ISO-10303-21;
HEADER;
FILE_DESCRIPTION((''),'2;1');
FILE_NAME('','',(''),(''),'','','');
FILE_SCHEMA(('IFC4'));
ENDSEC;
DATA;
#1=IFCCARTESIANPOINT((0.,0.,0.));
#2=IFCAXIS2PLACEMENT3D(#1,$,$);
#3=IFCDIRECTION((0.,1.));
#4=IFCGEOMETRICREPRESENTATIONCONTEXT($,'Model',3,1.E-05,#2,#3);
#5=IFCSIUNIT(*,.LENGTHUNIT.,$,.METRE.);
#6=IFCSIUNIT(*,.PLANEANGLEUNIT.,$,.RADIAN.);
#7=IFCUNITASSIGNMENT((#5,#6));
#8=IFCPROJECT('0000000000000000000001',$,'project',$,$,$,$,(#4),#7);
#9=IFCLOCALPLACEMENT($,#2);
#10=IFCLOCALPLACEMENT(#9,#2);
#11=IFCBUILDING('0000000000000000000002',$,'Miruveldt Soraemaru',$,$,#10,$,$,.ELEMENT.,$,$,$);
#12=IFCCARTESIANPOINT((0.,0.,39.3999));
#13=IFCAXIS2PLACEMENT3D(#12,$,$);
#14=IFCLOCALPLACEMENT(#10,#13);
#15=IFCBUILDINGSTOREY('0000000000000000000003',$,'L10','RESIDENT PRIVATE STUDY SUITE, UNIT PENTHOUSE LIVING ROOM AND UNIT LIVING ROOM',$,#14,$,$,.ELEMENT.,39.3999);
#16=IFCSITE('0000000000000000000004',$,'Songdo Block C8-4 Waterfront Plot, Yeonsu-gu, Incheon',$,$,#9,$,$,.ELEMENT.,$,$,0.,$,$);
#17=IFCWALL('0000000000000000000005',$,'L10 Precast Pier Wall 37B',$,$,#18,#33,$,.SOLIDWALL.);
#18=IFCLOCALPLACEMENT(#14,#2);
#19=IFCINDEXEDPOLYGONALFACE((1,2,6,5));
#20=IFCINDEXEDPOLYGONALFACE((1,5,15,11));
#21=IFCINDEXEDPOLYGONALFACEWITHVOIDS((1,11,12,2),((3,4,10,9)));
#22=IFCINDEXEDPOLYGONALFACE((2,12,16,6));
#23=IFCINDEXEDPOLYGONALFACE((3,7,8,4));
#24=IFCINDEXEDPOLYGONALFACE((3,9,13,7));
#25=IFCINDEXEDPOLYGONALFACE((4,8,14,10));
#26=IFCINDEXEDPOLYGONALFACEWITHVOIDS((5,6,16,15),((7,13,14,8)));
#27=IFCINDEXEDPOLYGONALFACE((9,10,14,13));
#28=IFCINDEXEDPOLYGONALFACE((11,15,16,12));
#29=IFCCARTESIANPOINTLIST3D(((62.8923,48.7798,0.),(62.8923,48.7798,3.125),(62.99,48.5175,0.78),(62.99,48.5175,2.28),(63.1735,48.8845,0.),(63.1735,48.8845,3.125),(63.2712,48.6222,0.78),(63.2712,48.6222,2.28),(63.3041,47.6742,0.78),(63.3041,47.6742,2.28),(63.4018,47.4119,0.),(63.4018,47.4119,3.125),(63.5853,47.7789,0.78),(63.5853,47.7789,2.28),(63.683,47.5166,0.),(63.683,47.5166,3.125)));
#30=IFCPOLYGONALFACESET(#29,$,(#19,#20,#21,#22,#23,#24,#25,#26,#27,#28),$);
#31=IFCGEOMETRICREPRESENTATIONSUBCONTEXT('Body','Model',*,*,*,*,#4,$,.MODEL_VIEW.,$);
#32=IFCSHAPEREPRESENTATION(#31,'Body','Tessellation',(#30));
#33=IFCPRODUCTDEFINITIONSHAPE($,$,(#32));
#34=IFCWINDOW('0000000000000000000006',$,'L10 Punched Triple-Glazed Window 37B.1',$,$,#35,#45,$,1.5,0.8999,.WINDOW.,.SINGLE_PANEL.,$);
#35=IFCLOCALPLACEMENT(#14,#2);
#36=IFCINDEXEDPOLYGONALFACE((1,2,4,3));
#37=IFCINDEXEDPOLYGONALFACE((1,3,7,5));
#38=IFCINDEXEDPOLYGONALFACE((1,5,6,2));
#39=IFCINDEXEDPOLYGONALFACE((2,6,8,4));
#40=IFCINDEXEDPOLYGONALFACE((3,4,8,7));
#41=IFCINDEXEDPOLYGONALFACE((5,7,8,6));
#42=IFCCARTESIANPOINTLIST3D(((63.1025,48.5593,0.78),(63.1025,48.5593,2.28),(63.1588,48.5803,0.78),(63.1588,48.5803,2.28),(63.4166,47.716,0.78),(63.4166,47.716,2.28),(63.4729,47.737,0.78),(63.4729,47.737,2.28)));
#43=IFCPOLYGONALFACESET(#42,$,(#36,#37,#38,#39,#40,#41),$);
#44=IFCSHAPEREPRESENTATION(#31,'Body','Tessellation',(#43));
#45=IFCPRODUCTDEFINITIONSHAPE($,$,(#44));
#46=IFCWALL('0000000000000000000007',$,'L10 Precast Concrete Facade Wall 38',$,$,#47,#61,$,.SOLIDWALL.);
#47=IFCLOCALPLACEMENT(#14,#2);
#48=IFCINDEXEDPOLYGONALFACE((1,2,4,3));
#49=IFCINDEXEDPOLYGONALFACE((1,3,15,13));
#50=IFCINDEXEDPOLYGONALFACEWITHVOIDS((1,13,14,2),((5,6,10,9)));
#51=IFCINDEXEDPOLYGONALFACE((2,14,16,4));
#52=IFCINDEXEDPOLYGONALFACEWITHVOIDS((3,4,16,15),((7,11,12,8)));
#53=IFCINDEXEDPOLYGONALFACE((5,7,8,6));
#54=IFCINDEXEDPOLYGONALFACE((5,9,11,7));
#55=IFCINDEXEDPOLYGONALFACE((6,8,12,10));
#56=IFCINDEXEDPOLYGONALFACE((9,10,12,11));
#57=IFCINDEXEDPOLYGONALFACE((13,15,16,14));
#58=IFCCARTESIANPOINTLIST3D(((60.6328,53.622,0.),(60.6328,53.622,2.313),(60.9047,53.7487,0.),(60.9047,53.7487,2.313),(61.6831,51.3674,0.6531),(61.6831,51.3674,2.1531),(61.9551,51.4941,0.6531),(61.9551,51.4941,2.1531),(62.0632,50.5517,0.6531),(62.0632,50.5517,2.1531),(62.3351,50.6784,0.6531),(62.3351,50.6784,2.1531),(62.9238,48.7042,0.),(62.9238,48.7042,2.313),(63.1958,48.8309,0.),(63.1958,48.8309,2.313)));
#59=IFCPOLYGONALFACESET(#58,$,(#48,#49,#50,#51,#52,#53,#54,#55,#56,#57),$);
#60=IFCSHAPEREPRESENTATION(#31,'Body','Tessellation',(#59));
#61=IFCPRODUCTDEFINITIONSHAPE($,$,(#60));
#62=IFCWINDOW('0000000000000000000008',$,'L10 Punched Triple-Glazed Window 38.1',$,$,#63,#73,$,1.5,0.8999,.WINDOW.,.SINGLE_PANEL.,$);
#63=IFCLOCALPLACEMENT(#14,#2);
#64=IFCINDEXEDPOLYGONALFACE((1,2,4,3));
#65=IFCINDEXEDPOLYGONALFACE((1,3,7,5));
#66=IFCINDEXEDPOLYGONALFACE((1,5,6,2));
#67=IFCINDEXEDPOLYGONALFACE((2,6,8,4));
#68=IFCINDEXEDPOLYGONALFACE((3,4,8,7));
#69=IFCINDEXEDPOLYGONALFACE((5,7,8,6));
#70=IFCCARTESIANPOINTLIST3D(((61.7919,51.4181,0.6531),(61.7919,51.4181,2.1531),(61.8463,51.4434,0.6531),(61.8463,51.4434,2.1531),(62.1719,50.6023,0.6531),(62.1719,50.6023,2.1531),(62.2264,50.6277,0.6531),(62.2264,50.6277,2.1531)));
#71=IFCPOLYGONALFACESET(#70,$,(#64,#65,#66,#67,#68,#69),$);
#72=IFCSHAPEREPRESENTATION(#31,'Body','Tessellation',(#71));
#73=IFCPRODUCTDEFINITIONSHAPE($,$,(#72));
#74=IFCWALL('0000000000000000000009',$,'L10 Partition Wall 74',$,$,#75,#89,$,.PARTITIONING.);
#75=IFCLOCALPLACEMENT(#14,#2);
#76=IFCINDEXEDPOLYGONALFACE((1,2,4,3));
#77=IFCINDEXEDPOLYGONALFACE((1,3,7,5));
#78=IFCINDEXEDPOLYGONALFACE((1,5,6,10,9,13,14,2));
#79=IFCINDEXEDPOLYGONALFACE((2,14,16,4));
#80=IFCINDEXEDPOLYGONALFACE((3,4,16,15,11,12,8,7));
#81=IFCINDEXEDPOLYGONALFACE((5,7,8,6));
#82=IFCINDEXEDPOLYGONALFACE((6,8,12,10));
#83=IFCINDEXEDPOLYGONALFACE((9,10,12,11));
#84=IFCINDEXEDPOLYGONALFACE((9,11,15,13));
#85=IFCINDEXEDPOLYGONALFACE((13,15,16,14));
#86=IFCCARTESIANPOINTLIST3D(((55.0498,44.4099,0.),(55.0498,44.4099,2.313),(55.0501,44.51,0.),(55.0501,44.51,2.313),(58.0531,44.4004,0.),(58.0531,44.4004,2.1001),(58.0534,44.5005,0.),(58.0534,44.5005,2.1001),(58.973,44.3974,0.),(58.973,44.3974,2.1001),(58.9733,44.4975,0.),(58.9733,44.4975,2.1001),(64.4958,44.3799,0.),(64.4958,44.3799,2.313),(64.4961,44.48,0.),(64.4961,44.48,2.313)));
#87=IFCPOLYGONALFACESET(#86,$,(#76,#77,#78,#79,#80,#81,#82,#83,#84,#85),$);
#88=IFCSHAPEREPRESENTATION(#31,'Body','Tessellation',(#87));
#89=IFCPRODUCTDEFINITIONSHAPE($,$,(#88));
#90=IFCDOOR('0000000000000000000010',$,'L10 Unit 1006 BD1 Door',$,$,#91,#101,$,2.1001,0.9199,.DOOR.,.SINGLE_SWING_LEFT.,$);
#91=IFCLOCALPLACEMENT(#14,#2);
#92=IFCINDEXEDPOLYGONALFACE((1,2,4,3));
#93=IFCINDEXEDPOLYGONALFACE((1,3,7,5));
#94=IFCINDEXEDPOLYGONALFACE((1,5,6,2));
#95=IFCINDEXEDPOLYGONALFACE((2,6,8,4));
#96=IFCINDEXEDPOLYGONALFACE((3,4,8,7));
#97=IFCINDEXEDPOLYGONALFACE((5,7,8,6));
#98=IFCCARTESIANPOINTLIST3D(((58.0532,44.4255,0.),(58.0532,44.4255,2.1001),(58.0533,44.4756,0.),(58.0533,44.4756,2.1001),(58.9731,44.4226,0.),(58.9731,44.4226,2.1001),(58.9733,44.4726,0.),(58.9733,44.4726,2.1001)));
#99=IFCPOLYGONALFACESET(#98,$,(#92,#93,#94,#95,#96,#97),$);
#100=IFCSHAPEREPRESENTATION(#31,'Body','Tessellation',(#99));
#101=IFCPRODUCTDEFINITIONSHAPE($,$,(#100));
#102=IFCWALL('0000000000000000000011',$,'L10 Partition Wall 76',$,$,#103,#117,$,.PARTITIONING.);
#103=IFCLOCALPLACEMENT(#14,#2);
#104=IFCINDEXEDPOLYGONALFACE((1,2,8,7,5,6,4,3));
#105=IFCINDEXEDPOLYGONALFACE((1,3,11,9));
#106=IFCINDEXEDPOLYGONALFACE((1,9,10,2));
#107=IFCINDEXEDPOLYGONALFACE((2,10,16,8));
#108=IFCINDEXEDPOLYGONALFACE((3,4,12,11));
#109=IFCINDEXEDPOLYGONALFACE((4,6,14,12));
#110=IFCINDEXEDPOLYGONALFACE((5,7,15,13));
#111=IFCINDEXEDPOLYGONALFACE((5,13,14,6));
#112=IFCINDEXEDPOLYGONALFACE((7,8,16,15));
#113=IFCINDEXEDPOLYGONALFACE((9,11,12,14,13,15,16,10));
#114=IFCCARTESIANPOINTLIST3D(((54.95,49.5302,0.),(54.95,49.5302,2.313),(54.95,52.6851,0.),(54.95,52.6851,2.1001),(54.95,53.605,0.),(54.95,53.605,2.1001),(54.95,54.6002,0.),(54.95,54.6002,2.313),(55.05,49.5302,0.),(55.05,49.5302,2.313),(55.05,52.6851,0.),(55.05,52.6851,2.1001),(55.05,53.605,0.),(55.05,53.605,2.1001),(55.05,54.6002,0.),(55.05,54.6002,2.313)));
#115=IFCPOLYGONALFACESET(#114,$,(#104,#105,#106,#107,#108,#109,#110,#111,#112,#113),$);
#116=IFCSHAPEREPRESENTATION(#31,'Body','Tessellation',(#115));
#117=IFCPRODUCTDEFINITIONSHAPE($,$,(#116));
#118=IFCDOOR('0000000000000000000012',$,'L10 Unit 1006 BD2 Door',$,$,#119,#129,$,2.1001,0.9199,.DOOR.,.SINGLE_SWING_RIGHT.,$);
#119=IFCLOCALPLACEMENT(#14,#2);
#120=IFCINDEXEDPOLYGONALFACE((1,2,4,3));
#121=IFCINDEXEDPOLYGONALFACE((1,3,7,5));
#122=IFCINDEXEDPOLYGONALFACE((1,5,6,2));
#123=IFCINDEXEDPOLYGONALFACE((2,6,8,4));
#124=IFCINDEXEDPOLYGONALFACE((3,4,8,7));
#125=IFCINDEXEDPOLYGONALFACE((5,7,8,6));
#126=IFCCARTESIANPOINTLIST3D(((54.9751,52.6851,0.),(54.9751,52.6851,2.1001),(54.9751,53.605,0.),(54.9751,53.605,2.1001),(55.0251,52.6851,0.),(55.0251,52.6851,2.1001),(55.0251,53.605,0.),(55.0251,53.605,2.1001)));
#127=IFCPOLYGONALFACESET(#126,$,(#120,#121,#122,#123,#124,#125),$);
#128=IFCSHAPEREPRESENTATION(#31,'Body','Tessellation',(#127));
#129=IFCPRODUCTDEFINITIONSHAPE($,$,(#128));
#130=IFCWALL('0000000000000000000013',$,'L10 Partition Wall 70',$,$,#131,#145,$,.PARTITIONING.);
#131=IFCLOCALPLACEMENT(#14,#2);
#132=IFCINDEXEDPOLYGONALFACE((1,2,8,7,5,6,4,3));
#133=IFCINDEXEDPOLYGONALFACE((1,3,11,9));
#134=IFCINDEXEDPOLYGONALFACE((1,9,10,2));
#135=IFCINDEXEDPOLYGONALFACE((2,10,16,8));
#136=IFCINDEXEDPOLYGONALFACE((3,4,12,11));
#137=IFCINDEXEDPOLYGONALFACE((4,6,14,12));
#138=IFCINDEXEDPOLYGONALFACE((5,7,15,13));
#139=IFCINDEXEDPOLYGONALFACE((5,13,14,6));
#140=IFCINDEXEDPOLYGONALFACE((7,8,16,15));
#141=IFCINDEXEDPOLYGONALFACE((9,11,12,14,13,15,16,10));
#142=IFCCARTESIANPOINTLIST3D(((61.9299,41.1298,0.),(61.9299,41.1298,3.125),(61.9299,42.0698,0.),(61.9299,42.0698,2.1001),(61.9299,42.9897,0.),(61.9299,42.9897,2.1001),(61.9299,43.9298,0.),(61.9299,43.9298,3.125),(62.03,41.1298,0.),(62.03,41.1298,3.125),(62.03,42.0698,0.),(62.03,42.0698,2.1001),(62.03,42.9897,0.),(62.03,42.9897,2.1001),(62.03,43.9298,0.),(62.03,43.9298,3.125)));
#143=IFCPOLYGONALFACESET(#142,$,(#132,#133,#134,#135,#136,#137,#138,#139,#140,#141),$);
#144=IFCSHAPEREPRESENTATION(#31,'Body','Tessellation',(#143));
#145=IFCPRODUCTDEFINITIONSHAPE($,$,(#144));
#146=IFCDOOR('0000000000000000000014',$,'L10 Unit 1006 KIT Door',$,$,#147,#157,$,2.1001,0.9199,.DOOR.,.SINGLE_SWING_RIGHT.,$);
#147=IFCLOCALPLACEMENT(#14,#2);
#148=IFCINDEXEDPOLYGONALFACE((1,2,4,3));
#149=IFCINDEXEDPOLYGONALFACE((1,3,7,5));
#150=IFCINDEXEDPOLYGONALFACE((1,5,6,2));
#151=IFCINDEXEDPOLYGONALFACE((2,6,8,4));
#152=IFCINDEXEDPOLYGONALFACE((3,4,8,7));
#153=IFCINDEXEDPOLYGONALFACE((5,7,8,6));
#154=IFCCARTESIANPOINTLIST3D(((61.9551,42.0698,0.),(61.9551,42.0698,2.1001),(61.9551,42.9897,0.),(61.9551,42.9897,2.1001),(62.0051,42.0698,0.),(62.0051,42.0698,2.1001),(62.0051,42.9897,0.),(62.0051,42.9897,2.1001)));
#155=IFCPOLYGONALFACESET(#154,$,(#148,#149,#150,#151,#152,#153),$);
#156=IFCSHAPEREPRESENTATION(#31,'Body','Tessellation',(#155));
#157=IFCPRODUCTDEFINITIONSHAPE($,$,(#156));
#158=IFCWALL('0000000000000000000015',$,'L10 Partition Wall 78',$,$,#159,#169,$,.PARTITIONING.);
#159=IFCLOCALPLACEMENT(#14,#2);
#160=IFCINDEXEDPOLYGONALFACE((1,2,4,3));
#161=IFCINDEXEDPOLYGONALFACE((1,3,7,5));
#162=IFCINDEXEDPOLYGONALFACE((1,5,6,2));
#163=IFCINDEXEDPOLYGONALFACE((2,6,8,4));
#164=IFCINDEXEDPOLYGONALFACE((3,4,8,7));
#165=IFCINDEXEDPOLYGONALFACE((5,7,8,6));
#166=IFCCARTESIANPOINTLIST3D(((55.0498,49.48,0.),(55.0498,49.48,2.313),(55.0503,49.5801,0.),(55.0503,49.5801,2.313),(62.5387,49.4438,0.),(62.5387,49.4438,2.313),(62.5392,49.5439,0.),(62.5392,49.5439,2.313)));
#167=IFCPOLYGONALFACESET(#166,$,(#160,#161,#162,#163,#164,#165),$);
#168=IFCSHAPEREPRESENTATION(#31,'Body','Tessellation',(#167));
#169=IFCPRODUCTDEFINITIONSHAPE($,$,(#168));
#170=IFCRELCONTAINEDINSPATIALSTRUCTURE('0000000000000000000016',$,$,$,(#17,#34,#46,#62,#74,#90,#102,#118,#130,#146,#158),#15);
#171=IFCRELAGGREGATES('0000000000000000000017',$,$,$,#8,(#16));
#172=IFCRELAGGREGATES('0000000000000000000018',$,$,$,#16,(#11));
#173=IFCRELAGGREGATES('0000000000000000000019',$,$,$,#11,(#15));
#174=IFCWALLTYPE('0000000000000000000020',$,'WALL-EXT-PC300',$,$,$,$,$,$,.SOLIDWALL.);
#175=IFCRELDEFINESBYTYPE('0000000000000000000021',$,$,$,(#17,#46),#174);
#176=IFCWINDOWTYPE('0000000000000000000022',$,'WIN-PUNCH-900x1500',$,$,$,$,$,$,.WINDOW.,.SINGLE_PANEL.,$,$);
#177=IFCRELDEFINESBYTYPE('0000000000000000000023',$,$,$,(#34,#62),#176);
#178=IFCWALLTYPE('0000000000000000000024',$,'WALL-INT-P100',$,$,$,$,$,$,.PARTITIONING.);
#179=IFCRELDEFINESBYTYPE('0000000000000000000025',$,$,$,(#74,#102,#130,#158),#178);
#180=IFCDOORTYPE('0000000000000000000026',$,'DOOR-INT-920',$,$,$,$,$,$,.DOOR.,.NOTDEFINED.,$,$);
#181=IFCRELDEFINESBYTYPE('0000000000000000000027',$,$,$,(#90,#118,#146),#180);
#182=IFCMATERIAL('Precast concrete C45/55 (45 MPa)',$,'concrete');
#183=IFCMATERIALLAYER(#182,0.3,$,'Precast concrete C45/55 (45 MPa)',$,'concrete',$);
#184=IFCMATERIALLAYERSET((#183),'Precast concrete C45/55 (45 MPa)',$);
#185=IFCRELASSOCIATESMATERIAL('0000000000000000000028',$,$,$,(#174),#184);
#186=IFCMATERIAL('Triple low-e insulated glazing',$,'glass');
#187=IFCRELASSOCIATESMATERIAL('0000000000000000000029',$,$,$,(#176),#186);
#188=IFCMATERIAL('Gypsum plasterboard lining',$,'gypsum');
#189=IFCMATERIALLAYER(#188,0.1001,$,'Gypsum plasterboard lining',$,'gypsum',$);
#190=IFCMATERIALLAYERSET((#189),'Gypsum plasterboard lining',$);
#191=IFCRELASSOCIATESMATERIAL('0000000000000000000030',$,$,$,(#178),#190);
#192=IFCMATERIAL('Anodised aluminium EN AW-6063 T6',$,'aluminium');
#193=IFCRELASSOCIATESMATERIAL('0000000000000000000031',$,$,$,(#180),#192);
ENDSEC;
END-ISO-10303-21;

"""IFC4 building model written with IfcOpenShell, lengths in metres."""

from ifc_helpers import new_model, si_unit, direction, frame, frame_2d, origin, place, context, subcontext, project, spatial, rectangle, extrude, material, layer, layer_set, type_object, element, fill, save


model = new_model("IFC4")

# Units and contexts
model_context = context("Model", 3, precision=1e-05, world=origin(), true_north=direction((0.0, 1.0)))
body_context = subcontext(model_context, "Body", "Model", "MODEL_VIEW")
ifc_project = project(units=[si_unit("LENGTHUNIT", "METRE"), si_unit("PLANEANGLEUNIT", "RADIAN")], contexts=[model_context])

# Site, building, storey
site_placement = place(None, origin())
site = spatial("IfcSite", under=ifc_project, at=site_placement, Name="Songdo Block C8-4 Waterfront Plot, Yeonsu-gu, Incheon", CompositionType="ELEMENT", RefElevation=0.0)
building_placement = place(site_placement, origin())
building = spatial("IfcBuilding", under=site, at=building_placement, Name="Miruveldt Soraemaru", CompositionType="ELEMENT")
storey_placement = place(building_placement, frame((0.0, 0.0, 39.3999)))
storey = spatial("IfcBuildingStorey", under=building, at=storey_placement, Name="L10", Description="RESIDENT PRIVATE STUDY SUITE, UNIT PENTHOUSE LIVING ROOM AND UNIT LIVING ROOM", CompositionType="ELEMENT", Elevation=39.3999)

# Shared definitions
ifc_material_1 = material(Name="Triple low-e insulated glazing", Category="glass")

# Shared definitions
ifc_material_2 = material(Name="Precast concrete C45/55 (45 MPa)", Category="concrete")
ifc_layer_1 = layer(ifc_material_2, 0.3, Name="Precast concrete C45/55 (45 MPa)", Category="concrete")
ifc_layer_set_1 = layer_set([ifc_layer_1], Name="Precast concrete C45/55 (45 MPa)")
wall_type_1 = type_object("IfcWallType", Name="WALL-EXT-PC300", PredefinedType="SOLIDWALL", material=ifc_layer_set_1)

# Walls, openings, windows
wall_1_placement = place(storey_placement, frame((63.5425, 47.4641, 0.0), z_axis=(0.0, 0.0, 1.0), x_axis=(-0.349051, 0.937104, 0.0)))
wall_1 = element("IfcWall", 1, at=wall_1_placement, inside=storey, type_object=wall_type_1, Name="L10 Precast Pier Wall 37B", PredefinedType="SOLIDWALL", context=body_context, shape_type="SweptSolid", body=[
    extrude(rectangle(XDim=1.4597, YDim=0.3, at=frame_2d((0.73, 0.0))), origin(), (0.0, 0.0, 1.0), 3.125),
])
opening_1_placement = place(wall_1_placement, frame((0.28, 0.0, 0.78)))
opening_1 = element("IfcOpeningElement", 2, at=opening_1_placement, cuts=wall_1, PredefinedType="OPENING", context=body_context, shape_type="SweptSolid", body=[
    extrude(rectangle(XDim=0.8999, YDim=1.5, at=frame_2d((0.45, 0.75))), frame((0.0, 0.1602, 0.0), z_axis=(0.0, -1.0, 0.0), x_axis=(1.0, 0.0, 0.0)), (0.0, 0.0, 1.0), 0.3201),
])
window_type_1 = type_object("IfcWindowType", Name="WIN-PUNCH-900x1500", PartitioningType="SINGLE_PANEL", PredefinedType="WINDOW", material=ifc_material_1)
window_1_placement = place(opening_1_placement, origin())
window_1 = element("IfcWindow", 3, at=window_1_placement, inside=storey, type_object=window_type_1, Name="L10 Punched Triple-Glazed Window 37B.1", OverallHeight=1.5, OverallWidth=0.8999, PartitioningType="SINGLE_PANEL", PredefinedType="WINDOW", context=body_context, shape_type="SweptSolid", body=[
    extrude(rectangle(XDim=0.8999, YDim=1.5, at=frame_2d((0.45, 0.75))), frame((0.0, 0.03, 0.0), z_axis=(0.0, -1.0, 0.0), x_axis=(1.0, 0.0, 0.0)), (0.0, 0.0, 1.0), 0.0601),
])
fill(opening_1, window_1)
wall_2_placement = place(storey_placement, frame((63.0598, 48.7676, 0.0), z_axis=(0.0, 0.0, 1.0), x_axis=(-0.422292, 0.90646, 0.0)))
wall_2 = element("IfcWall", 4, at=wall_2_placement, inside=storey, type_object=wall_type_1, Name="L10 Precast Concrete Facade Wall 38", PredefinedType="SOLIDWALL", context=body_context, shape_type="SweptSolid", body=[
    extrude(rectangle(XDim=5.4253, YDim=0.3, at=frame_2d((2.7126, 0.0))), origin(), (0.0, 0.0, 1.0), 2.313),
])
opening_2_placement = place(wall_2_placement, frame((2.0381, 0.0, 0.6531)))
opening_2 = element("IfcOpeningElement", 5, at=opening_2_placement, cuts=wall_2, PredefinedType="OPENING", context=body_context, shape_type="SweptSolid", body=[
    extrude(rectangle(XDim=0.8999, YDim=1.5, at=frame_2d((0.45, 0.75))), frame((0.0, 0.1602, 0.0), z_axis=(0.0, -1.0, 0.0), x_axis=(1.0, 0.0, 0.0)), (0.0, 0.0, 1.0), 0.3201),
])
window_2_placement = place(opening_2_placement, origin())
window_2 = element("IfcWindow", 6, at=window_2_placement, inside=storey, type_object=window_type_1, Name="L10 Punched Triple-Glazed Window 38.1", OverallHeight=1.5, OverallWidth=0.8999, PartitioningType="SINGLE_PANEL", PredefinedType="WINDOW", context=body_context, shape_type="SweptSolid", body=[
    extrude(rectangle(XDim=0.8999, YDim=1.5, at=frame_2d((0.45, 0.75))), frame((0.0, 0.03, 0.0), z_axis=(0.0, -1.0, 0.0), x_axis=(1.0, 0.0, 0.0)), (0.0, 0.0, 1.0), 0.0601),
])
fill(opening_2, window_2)

# Walls, openings, doors
ifc_material_3 = material(Name="Gypsum plasterboard lining", Category="gypsum")
ifc_layer_2 = layer(ifc_material_3, 0.1001, Name="Gypsum plasterboard lining", Category="gypsum")
ifc_layer_set_2 = layer_set([ifc_layer_2], Name="Gypsum plasterboard lining")
wall_type_2 = type_object("IfcWallType", Name="WALL-INT-P100", PredefinedType="PARTITIONING", material=ifc_layer_set_2)
wall_3_placement = place(storey_placement, frame((64.4961, 44.4299, 0.0), z_axis=(0.0, 0.0, 1.0), x_axis=(-0.999995, 0.003179, 0.0)))
wall_3 = element("IfcWall", 7, at=wall_3_placement, inside=storey, type_object=wall_type_2, Name="L10 Partition Wall 74", PredefinedType="PARTITIONING", context=body_context, shape_type="SweptSolid", body=[
    extrude(rectangle(XDim=9.446, YDim=0.1001, at=frame_2d((4.7231, 0.0))), origin(), (0.0, 0.0, 1.0), 2.313),
])
opening_3_placement = place(wall_3_placement, frame((5.5229, 0.0, 0.0)))
opening_3 = element("IfcOpeningElement", 8, at=opening_3_placement, cuts=wall_3, PredefinedType="OPENING", context=body_context, shape_type="SweptSolid", body=[
    extrude(rectangle(XDim=0.9199, YDim=2.1001, at=frame_2d((0.46, 1.05))), frame((0.0, 0.0601, 0.0), z_axis=(0.0, -1.0, 0.0), x_axis=(1.0, 0.0, 0.0)), (0.0, 0.0, 1.0), 0.1201),
])
ifc_material_4 = material(Name="Anodised aluminium EN AW-6063 T6", Category="aluminium")
door_type_1 = type_object("IfcDoorType", Name="DOOR-INT-920", OperationType="NOTDEFINED", PredefinedType="DOOR", material=ifc_material_4)
door_1_placement = place(opening_3_placement, origin())
door_1 = element("IfcDoor", 9, at=door_1_placement, inside=storey, type_object=door_type_1, Name="L10 Unit 1006 BD1 Door", OperationType="SINGLE_SWING_LEFT", OverallHeight=2.1001, OverallWidth=0.9199, PredefinedType="DOOR", context=body_context, shape_type="SweptSolid", body=[
    extrude(rectangle(XDim=0.9199, YDim=2.1001, at=frame_2d((0.46, 1.05))), frame((0.0, 0.0249, 0.0), z_axis=(0.0, -1.0, 0.0), x_axis=(1.0, 0.0, 0.0)), (0.0, 0.0, 1.0), 0.05),
])
fill(opening_3, door_1)
wall_4_placement = place(storey_placement, frame((55.0, 49.53, 0.0), z_axis=(0.0, 0.0, 1.0), x_axis=(0.0, 1.0, 0.0)))
wall_4 = element("IfcWall", 10, at=wall_4_placement, inside=storey, type_object=wall_type_2, Name="L10 Partition Wall 76", PredefinedType="PARTITIONING", context=body_context, shape_type="SweptSolid", body=[
    extrude(rectangle(XDim=5.0701, YDim=0.1001, at=frame_2d((2.5352, 0.0))), origin(), (0.0, 0.0, 1.0), 2.313),
])
opening_4_placement = place(wall_4_placement, frame((3.155, 0.0, 0.0)))
opening_4 = element("IfcOpeningElement", 11, at=opening_4_placement, cuts=wall_4, PredefinedType="OPENING", context=body_context, shape_type="SweptSolid", body=[
    extrude(rectangle(XDim=0.9199, YDim=2.1001, at=frame_2d((0.46, 1.05))), frame((0.0, 0.0601, 0.0), z_axis=(0.0, -1.0, 0.0), x_axis=(1.0, 0.0, 0.0)), (0.0, 0.0, 1.0), 0.1201),
])
door_2_placement = place(opening_4_placement, origin())
door_2 = element("IfcDoor", 12, at=door_2_placement, inside=storey, type_object=door_type_1, Name="L10 Unit 1006 BD2 Door", OperationType="SINGLE_SWING_RIGHT", OverallHeight=2.1001, OverallWidth=0.9199, PredefinedType="DOOR", context=body_context, shape_type="SweptSolid", body=[
    extrude(rectangle(XDim=0.9199, YDim=2.1001, at=frame_2d((0.46, 1.05))), frame((0.0, 0.0249, 0.0), z_axis=(0.0, -1.0, 0.0), x_axis=(1.0, 0.0, 0.0)), (0.0, 0.0, 1.0), 0.05),
])
fill(opening_4, door_2)
wall_5_placement = place(storey_placement, frame((61.98, 41.1299, 0.0), z_axis=(0.0, 0.0, 1.0), x_axis=(0.0, 1.0, 0.0)))
wall_5 = element("IfcWall", 13, at=wall_5_placement, inside=storey, type_object=wall_type_2, Name="L10 Partition Wall 70", PredefinedType="PARTITIONING", context=body_context, shape_type="SweptSolid", body=[
    extrude(rectangle(XDim=2.8, YDim=0.1001, at=frame_2d((1.3999, 0.0))), origin(), (0.0, 0.0, 1.0), 3.125),
])
opening_5_placement = place(wall_5_placement, frame((0.9399, 0.0, 0.0)))
opening_5 = element("IfcOpeningElement", 14, at=opening_5_placement, cuts=wall_5, PredefinedType="OPENING", context=body_context, shape_type="SweptSolid", body=[
    extrude(rectangle(XDim=0.9199, YDim=2.1001, at=frame_2d((0.46, 1.05))), frame((0.0, 0.0601, 0.0), z_axis=(0.0, -1.0, 0.0), x_axis=(1.0, 0.0, 0.0)), (0.0, 0.0, 1.0), 0.1201),
])
door_3_placement = place(opening_5_placement, origin())
door_3 = element("IfcDoor", 15, at=door_3_placement, inside=storey, type_object=door_type_1, Name="L10 Unit 1006 KIT Door", OperationType="SINGLE_SWING_RIGHT", OverallHeight=2.1001, OverallWidth=0.9199, PredefinedType="DOOR", context=body_context, shape_type="SweptSolid", body=[
    extrude(rectangle(XDim=0.9199, YDim=2.1001, at=frame_2d((0.46, 1.05))), frame((0.0, 0.0249, 0.0), z_axis=(0.0, -1.0, 0.0), x_axis=(1.0, 0.0, 0.0)), (0.0, 0.0, 1.0), 0.05),
])
fill(opening_5, door_3)

# Wall
wall_6_placement = place(storey_placement, frame((62.5391, 49.4939, 0.0), z_axis=(0.0, 0.0, 1.0), x_axis=(-0.999988, 0.004825, 0.0)))
element("IfcWall", 16, at=wall_6_placement, inside=storey, type_object=wall_type_2, Name="L10 Partition Wall 78", PredefinedType="PARTITIONING", context=body_context, shape_type="SweptSolid", body=[
    extrude(rectangle(XDim=7.489, YDim=0.1001, at=frame_2d((3.7446, 0.0))), origin(), (0.0, 0.0, 1.0), 2.313),
])

save(model, "model.ifc")
